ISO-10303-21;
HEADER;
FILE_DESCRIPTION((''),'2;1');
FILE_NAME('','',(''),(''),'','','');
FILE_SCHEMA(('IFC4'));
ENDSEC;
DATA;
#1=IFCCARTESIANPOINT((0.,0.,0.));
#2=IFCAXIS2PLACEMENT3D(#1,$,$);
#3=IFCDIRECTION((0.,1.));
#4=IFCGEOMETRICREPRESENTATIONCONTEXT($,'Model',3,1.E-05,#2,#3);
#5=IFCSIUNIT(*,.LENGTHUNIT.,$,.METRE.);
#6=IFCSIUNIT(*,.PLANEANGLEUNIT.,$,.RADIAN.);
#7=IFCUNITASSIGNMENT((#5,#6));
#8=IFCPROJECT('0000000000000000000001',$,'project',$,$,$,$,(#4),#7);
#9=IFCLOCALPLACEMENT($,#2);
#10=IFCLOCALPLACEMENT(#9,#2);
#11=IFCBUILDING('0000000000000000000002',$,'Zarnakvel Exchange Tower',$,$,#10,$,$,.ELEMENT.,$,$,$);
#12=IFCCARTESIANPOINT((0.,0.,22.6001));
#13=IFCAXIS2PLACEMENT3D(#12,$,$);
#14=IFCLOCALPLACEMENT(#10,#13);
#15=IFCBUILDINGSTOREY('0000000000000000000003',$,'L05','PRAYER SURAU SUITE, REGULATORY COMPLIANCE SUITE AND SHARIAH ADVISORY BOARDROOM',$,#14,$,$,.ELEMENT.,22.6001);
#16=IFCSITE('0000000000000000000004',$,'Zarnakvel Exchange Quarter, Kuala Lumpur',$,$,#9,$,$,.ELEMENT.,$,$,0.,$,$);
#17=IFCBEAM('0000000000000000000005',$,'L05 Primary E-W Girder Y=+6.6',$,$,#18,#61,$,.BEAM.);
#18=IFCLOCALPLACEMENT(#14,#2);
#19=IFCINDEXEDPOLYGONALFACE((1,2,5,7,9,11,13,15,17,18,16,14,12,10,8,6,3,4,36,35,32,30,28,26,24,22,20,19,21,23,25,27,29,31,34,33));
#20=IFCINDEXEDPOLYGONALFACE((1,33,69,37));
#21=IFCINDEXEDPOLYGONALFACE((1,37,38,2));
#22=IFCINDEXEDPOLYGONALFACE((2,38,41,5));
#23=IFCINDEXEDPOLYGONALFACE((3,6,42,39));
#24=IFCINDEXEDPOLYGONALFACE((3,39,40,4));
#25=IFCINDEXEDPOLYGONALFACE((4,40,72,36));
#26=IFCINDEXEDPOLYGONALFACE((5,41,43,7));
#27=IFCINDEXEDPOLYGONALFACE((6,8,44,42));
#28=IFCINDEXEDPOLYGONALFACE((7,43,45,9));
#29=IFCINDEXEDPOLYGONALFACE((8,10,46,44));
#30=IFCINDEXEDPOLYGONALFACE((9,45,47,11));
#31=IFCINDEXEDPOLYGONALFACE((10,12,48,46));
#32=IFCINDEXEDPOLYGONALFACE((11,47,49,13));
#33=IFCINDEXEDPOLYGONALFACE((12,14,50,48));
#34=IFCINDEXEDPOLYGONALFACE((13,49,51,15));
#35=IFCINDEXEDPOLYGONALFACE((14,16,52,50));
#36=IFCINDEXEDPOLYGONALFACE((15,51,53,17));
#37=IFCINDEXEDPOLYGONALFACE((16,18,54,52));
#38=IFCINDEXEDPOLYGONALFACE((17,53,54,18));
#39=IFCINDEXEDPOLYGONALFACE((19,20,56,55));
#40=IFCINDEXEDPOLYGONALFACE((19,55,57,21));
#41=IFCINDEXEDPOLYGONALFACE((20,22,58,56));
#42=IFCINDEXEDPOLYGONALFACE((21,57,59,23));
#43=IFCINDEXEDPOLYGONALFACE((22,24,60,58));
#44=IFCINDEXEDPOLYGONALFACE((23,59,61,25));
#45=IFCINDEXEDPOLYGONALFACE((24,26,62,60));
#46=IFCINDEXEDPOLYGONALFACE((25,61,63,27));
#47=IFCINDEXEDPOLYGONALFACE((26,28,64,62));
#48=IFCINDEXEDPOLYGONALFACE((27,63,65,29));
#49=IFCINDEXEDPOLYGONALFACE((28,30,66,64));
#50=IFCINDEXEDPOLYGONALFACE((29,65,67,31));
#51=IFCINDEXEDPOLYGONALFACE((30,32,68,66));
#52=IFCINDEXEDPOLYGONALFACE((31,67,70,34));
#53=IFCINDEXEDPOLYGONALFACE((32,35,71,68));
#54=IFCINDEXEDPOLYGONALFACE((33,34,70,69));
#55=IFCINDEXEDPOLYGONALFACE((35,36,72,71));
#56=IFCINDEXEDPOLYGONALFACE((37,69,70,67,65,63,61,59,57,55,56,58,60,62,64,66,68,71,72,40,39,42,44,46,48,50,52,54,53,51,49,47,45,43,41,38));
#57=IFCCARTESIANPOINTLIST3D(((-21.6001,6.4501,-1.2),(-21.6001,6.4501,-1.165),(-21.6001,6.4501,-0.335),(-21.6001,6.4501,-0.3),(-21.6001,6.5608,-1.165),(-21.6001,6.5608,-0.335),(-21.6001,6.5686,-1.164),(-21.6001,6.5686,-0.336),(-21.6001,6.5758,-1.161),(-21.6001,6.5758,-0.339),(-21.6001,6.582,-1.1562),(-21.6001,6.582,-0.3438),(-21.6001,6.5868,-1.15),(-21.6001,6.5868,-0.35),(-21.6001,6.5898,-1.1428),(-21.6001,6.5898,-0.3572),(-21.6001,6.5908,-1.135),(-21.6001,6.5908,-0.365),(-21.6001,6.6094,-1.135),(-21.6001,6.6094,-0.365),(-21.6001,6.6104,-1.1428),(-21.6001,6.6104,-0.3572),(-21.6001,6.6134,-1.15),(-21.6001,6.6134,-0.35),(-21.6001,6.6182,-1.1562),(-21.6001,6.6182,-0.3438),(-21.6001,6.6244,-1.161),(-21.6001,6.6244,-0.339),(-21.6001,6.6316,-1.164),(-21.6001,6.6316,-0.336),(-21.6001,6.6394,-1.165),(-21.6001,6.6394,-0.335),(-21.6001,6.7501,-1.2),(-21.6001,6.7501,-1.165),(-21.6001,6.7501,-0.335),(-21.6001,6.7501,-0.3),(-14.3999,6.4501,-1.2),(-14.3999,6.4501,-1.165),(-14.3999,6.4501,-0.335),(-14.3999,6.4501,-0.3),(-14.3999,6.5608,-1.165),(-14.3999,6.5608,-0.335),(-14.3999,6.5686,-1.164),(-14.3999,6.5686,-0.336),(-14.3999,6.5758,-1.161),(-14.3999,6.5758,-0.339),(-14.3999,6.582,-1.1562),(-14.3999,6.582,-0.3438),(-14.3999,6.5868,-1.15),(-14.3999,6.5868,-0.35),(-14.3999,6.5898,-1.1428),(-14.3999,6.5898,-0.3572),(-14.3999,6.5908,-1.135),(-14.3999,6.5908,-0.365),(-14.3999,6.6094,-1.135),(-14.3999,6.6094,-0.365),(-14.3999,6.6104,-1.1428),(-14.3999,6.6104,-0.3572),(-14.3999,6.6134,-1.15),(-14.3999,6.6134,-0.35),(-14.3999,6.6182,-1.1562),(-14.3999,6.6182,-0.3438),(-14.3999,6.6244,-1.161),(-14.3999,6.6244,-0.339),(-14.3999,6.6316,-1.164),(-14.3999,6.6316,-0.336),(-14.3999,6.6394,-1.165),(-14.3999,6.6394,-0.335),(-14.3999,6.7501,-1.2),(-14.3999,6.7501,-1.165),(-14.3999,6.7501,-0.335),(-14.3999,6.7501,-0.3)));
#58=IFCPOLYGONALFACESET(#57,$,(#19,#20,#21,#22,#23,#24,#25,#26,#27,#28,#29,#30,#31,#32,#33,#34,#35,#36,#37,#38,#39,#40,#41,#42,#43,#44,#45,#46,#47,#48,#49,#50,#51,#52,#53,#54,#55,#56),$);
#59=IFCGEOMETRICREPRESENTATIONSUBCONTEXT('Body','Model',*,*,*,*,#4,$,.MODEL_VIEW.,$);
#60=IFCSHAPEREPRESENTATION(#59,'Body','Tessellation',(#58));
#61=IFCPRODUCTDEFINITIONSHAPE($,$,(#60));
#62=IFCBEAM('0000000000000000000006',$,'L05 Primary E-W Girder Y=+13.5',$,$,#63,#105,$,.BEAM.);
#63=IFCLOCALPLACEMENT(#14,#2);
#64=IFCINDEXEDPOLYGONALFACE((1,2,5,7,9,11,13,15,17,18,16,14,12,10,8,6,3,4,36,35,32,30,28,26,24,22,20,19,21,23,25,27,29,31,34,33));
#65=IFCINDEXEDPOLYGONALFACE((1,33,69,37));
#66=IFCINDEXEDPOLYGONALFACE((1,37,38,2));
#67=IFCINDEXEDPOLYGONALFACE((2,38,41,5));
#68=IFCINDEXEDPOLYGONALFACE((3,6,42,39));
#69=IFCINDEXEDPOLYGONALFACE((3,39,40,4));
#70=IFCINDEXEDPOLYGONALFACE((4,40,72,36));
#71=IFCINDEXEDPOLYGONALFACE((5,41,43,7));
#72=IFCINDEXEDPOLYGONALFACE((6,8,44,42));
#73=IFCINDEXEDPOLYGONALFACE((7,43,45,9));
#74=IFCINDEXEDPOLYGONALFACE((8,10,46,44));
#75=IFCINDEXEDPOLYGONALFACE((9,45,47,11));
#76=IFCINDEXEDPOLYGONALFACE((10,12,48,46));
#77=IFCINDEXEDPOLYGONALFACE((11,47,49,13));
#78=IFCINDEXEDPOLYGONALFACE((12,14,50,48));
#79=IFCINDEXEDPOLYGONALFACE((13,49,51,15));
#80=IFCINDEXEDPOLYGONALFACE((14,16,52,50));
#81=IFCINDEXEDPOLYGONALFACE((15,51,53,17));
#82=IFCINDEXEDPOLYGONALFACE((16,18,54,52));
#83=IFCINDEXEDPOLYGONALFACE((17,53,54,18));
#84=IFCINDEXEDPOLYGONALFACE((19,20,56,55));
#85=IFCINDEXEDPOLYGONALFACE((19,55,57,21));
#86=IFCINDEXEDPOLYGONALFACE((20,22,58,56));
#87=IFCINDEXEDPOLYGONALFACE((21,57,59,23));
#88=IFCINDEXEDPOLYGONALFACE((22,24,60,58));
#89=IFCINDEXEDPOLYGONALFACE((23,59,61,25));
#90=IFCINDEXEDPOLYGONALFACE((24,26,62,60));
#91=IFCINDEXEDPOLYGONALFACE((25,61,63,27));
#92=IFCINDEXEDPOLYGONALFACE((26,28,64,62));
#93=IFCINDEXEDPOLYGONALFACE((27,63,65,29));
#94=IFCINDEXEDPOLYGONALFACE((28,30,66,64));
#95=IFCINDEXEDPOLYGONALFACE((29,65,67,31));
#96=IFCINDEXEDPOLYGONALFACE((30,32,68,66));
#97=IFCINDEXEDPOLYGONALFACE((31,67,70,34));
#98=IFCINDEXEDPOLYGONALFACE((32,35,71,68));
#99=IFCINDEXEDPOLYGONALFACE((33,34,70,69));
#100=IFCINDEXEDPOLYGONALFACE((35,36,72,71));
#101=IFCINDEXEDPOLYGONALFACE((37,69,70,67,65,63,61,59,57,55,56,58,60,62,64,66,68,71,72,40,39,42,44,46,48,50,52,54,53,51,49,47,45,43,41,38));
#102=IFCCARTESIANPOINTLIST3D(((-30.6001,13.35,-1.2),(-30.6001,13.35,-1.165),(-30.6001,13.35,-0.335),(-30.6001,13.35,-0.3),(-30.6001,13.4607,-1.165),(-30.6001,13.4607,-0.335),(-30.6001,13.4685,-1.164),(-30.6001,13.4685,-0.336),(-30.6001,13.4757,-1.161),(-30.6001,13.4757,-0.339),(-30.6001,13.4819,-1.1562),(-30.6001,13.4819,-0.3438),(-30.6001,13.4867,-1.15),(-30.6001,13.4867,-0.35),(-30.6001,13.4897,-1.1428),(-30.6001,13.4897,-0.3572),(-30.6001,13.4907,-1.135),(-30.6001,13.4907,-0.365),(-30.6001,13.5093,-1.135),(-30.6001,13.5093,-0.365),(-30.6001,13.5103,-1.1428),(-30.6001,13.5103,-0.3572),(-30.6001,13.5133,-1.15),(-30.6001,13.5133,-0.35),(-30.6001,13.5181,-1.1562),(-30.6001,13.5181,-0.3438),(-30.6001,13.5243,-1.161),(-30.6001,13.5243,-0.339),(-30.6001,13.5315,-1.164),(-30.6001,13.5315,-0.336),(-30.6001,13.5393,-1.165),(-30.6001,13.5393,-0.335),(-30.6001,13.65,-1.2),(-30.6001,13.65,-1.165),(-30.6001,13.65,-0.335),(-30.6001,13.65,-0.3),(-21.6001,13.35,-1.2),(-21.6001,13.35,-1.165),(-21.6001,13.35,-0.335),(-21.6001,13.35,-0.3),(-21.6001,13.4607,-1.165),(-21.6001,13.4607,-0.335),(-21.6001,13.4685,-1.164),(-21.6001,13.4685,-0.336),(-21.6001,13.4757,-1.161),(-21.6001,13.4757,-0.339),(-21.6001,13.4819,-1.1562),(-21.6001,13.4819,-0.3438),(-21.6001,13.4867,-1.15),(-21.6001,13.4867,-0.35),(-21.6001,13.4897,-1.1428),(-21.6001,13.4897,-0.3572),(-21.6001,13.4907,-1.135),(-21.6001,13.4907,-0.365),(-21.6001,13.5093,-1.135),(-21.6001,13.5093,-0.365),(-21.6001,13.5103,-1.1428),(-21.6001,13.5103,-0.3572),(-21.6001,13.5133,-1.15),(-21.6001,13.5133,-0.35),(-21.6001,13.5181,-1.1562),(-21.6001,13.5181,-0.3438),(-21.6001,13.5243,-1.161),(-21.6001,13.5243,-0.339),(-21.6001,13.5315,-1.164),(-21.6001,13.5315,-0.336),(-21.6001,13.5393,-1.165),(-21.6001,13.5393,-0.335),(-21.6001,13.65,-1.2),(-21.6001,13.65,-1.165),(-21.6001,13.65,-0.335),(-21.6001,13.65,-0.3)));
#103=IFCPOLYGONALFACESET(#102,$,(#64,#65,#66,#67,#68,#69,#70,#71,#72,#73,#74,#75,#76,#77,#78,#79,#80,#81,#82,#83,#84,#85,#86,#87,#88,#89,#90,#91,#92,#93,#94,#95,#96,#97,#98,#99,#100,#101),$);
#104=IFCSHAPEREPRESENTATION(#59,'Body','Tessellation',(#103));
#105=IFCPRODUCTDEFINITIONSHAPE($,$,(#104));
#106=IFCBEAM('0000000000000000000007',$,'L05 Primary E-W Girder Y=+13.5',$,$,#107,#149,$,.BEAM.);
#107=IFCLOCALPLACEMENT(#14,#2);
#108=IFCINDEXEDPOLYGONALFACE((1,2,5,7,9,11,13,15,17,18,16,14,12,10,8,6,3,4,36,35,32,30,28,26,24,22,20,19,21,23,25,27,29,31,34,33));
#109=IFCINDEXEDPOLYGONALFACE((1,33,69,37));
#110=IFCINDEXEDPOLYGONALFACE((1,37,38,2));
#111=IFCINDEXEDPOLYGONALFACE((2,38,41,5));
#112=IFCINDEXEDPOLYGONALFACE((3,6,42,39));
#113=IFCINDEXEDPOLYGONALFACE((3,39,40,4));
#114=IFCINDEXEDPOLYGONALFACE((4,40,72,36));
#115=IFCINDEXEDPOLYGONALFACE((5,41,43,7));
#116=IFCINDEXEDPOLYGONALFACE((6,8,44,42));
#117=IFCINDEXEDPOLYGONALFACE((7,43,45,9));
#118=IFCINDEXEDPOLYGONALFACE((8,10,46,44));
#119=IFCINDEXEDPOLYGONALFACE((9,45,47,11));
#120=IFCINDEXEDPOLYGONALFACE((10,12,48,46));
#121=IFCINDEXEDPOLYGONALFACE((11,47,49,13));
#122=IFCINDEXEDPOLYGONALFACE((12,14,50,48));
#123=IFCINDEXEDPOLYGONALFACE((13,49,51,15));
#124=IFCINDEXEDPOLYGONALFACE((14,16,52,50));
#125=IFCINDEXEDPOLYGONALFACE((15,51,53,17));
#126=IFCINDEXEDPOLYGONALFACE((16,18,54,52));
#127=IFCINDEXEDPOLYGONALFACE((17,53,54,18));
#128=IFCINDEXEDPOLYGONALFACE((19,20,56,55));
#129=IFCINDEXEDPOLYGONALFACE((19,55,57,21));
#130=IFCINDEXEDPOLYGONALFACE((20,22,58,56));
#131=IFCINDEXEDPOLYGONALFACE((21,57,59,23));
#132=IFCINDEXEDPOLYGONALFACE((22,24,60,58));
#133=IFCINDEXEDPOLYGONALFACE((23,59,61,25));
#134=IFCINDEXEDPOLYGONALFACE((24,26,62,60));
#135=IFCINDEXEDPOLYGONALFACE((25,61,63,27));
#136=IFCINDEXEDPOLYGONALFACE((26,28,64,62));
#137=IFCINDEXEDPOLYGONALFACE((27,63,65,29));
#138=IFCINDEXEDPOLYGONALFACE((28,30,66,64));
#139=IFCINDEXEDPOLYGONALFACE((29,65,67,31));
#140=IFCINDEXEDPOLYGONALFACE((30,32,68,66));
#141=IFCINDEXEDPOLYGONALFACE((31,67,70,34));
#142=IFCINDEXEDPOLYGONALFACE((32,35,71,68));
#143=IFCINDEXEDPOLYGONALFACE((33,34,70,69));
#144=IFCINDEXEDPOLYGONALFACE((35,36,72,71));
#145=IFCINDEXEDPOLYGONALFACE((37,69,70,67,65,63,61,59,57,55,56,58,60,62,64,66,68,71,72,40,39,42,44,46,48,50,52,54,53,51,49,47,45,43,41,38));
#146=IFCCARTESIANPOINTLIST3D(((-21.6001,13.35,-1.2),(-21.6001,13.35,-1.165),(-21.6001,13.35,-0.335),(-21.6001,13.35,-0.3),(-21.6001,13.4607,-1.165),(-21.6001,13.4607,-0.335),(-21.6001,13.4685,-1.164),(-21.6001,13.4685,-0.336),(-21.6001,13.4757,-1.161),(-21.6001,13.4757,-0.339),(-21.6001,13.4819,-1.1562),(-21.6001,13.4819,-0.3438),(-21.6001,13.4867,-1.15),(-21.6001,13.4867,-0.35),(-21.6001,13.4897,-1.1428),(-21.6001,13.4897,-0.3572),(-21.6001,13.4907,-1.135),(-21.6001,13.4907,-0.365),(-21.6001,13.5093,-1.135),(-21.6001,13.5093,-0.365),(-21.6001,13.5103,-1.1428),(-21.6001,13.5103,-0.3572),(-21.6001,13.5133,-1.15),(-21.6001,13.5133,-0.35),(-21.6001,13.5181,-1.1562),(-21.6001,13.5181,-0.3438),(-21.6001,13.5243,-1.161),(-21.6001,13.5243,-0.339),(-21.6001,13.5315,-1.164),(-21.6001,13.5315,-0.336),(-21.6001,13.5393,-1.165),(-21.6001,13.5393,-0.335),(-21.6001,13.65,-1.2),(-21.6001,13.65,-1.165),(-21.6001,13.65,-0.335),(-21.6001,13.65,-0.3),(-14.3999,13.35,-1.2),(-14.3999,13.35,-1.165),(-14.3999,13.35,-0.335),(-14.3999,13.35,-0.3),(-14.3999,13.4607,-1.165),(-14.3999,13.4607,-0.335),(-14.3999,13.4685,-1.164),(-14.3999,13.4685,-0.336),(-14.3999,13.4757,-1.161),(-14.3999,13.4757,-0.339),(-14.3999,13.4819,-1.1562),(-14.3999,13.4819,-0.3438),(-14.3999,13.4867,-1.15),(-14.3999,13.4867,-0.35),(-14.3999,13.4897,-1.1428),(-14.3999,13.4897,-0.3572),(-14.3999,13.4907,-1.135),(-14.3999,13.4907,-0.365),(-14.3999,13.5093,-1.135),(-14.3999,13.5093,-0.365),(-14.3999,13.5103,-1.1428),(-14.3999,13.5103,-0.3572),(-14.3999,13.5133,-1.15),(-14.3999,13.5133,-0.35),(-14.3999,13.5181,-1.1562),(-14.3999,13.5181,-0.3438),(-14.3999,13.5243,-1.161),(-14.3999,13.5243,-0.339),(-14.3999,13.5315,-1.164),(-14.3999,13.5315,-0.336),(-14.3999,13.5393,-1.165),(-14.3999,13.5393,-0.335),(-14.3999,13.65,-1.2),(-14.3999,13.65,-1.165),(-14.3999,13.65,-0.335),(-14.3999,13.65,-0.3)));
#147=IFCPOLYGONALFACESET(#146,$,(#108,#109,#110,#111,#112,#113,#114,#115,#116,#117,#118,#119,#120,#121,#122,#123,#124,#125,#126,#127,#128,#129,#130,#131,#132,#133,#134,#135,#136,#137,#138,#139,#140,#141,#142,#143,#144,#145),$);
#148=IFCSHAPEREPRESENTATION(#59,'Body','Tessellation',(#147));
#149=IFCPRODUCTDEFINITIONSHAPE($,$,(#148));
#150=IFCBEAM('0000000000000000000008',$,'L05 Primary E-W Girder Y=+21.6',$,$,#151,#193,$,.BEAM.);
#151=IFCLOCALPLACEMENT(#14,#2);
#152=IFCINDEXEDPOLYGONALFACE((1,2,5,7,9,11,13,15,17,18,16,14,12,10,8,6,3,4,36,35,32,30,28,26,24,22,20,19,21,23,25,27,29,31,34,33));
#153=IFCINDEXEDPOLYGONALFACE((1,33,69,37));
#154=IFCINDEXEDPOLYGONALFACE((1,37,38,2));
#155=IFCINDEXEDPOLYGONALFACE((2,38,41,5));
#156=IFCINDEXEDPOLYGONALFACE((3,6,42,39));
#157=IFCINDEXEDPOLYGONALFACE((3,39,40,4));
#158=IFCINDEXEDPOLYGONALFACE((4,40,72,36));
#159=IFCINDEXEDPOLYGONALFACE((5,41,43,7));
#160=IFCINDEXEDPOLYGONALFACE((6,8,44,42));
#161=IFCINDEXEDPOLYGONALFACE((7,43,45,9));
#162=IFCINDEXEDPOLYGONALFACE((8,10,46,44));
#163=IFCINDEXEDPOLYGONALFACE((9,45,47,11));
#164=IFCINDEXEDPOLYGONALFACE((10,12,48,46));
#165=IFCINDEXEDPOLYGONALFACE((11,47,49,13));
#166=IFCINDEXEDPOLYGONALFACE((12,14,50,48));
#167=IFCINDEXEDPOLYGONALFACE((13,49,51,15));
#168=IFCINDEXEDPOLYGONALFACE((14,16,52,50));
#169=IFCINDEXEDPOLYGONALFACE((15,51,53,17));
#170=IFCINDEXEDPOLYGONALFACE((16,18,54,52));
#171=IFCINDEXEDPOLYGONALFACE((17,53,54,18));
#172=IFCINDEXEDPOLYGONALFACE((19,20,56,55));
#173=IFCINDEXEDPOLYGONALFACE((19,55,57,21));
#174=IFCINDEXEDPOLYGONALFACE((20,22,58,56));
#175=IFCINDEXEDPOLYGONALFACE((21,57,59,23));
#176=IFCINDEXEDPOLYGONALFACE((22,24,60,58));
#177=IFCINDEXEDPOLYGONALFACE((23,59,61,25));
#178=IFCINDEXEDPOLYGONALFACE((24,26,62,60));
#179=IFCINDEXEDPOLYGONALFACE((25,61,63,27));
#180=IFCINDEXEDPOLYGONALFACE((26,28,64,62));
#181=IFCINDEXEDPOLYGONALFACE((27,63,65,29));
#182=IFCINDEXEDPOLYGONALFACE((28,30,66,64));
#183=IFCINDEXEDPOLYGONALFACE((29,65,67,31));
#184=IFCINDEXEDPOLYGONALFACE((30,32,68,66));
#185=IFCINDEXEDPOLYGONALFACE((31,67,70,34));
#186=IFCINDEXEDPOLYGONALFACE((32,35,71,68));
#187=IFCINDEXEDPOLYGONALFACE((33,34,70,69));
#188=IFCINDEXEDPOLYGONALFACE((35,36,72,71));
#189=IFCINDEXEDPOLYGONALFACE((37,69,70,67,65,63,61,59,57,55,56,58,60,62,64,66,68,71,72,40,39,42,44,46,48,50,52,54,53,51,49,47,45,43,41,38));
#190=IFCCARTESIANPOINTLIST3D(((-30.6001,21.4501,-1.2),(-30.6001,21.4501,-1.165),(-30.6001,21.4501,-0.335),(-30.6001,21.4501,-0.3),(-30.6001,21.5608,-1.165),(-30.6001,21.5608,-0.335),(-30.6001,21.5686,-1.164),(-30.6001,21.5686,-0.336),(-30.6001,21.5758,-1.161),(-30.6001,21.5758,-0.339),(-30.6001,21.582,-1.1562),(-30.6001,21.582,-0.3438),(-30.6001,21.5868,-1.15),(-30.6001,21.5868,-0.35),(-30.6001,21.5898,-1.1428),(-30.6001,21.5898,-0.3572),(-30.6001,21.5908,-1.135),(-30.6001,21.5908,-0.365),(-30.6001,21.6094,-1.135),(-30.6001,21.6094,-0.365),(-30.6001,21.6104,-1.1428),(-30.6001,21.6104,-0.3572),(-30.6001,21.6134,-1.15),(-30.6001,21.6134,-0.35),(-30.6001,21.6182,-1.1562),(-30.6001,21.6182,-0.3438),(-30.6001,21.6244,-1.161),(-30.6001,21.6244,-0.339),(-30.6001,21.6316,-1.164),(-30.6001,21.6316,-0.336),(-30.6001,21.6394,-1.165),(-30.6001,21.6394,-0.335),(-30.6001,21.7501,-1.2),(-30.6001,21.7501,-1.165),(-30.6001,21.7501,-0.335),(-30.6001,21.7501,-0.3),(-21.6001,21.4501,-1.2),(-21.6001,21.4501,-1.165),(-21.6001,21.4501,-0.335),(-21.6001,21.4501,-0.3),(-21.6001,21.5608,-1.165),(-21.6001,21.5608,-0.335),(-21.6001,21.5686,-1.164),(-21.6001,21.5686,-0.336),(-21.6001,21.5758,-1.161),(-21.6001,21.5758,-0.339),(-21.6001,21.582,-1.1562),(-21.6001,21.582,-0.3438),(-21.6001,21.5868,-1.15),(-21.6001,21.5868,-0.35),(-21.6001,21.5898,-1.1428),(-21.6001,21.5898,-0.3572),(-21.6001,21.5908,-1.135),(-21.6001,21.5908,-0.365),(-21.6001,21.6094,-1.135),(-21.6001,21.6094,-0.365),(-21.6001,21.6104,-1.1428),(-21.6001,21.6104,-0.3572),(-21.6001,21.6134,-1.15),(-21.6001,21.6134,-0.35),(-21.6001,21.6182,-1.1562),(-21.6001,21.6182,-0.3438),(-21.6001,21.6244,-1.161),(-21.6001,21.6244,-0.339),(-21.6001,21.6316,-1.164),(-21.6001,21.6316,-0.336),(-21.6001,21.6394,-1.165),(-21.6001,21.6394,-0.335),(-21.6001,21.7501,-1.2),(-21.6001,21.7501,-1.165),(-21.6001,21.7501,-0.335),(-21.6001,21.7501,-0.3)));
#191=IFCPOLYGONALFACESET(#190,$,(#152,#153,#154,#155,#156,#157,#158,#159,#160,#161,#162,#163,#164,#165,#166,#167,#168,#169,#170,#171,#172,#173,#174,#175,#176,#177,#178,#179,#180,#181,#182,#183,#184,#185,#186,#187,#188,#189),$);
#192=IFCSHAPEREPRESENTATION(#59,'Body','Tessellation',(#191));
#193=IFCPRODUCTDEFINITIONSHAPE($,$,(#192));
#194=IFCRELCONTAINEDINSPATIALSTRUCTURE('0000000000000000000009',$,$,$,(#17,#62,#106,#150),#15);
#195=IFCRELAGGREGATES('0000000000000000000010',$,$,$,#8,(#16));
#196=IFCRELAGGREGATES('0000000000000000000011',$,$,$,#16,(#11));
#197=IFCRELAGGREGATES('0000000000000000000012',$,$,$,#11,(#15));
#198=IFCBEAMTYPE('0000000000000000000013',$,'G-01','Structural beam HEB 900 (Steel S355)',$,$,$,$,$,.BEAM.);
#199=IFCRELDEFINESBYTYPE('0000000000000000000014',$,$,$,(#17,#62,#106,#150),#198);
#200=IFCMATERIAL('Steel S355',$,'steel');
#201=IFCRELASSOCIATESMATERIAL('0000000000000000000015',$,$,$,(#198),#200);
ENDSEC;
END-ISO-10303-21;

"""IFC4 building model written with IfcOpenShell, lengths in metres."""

from ifc_helpers import new_model, si_unit, direction, frame, origin, origin_2d, place, context, subcontext, project, spatial, i_section, extrude, material, material_profile, profile_set, type_object, element, save


model = new_model("IFC4")

# Units and contexts
model_context = context("Model", 3, precision=1e-05, world=origin(), true_north=direction((0.0, 1.0)))
body_context = subcontext(model_context, "Body", "Model", "MODEL_VIEW")
ifc_project = project(units=[si_unit("LENGTHUNIT", "METRE"), si_unit("PLANEANGLEUNIT", "RADIAN")], contexts=[model_context])

# Site, building, storey
site_placement = place(None, origin())
site = spatial("IfcSite", under=ifc_project, at=site_placement, Name="Zarnakvel Exchange Quarter, Kuala Lumpur", CompositionType="ELEMENT", RefElevation=0.0)
building_placement = place(site_placement, origin())
building = spatial("IfcBuilding", under=site, at=building_placement, Name="Zarnakvel Exchange Tower", CompositionType="ELEMENT")
storey_placement = place(building_placement, frame((0.0, 0.0, 22.6001)))
storey = spatial("IfcBuildingStorey", under=building, at=storey_placement, Name="L05", Description="PRAYER SURAU SUITE, REGULATORY COMPLIANCE SUITE AND SHARIAH ADVISORY BOARDROOM", CompositionType="ELEMENT", Elevation=22.6001)

# Beams
ifc_material_1 = material(Name="Steel S355", Category="steel")
ifc_material_profile_1 = material_profile(ifc_material_1, i_section(OverallWidth=0.3, OverallDepth=0.8999, WebThickness=0.0186, FlangeThickness=0.0349, FilletRadius=0.03, at=origin_2d()))
ifc_profile_set_1 = profile_set([ifc_material_profile_1], Name="Steel S355")
beam_type_1 = type_object("IfcBeamType", Name="G-01", Description="Structural beam HEB 900 (Steel S355)", PredefinedType="BEAM", material=ifc_profile_set_1)
beam_1_placement = place(storey_placement, frame((-21.6001, 6.6001, -0.75), z_axis=(1.0, 0.0, 0.0), x_axis=(0.0, 1.0, 0.0)))
element("IfcBeam", 1, at=beam_1_placement, inside=storey, type_object=beam_type_1, Name="L05 Primary E-W Girder Y=+6.6", PredefinedType="BEAM", context=body_context, shape_type="SweptSolid", body=[
    extrude(i_section(OverallWidth=0.3, OverallDepth=0.8999, WebThickness=0.0186, FlangeThickness=0.0349, FilletRadius=0.03, at=origin_2d()), origin(), (0.0, 0.0, 1.0), 7.2002),
])
beam_2_placement = place(storey_placement, frame((-30.6001, 13.5, -0.75), z_axis=(1.0, 0.0, 0.0), x_axis=(0.0, 1.0, 0.0)))
element("IfcBeam", 2, at=beam_2_placement, inside=storey, type_object=beam_type_1, Name="L05 Primary E-W Girder Y=+13.5", PredefinedType="BEAM", context=body_context, shape_type="SweptSolid", body=[
    extrude(i_section(OverallWidth=0.3, OverallDepth=0.8999, WebThickness=0.0186, FlangeThickness=0.0349, FilletRadius=0.03, at=origin_2d()), origin(), (0.0, 0.0, 1.0), 9.0),
])
beam_3_placement = place(storey_placement, frame((-21.6001, 13.5, -0.75), z_axis=(1.0, 0.0, 0.0), x_axis=(0.0, 1.0, 0.0)))
element("IfcBeam", 3, at=beam_3_placement, inside=storey, type_object=beam_type_1, Name="L05 Primary E-W Girder Y=+13.5", PredefinedType="BEAM", context=body_context, shape_type="SweptSolid", body=[
    extrude(i_section(OverallWidth=0.3, OverallDepth=0.8999, WebThickness=0.0186, FlangeThickness=0.0349, FilletRadius=0.03, at=origin_2d()), origin(), (0.0, 0.0, 1.0), 7.2002),
])
beam_4_placement = place(storey_placement, frame((-30.6001, 21.6001, -0.75), z_axis=(1.0, 0.0, 0.0), x_axis=(0.0, 1.0, 0.0)))
element("IfcBeam", 4, at=beam_4_placement, inside=storey, type_object=beam_type_1, Name="L05 Primary E-W Girder Y=+21.6", PredefinedType="BEAM", context=body_context, shape_type="SweptSolid", body=[
    extrude(i_section(OverallWidth=0.3, OverallDepth=0.8999, WebThickness=0.0186, FlangeThickness=0.0349, FilletRadius=0.03, at=origin_2d()), origin(), (0.0, 0.0, 1.0), 9.0),
])

save(model, "model.ifc")
